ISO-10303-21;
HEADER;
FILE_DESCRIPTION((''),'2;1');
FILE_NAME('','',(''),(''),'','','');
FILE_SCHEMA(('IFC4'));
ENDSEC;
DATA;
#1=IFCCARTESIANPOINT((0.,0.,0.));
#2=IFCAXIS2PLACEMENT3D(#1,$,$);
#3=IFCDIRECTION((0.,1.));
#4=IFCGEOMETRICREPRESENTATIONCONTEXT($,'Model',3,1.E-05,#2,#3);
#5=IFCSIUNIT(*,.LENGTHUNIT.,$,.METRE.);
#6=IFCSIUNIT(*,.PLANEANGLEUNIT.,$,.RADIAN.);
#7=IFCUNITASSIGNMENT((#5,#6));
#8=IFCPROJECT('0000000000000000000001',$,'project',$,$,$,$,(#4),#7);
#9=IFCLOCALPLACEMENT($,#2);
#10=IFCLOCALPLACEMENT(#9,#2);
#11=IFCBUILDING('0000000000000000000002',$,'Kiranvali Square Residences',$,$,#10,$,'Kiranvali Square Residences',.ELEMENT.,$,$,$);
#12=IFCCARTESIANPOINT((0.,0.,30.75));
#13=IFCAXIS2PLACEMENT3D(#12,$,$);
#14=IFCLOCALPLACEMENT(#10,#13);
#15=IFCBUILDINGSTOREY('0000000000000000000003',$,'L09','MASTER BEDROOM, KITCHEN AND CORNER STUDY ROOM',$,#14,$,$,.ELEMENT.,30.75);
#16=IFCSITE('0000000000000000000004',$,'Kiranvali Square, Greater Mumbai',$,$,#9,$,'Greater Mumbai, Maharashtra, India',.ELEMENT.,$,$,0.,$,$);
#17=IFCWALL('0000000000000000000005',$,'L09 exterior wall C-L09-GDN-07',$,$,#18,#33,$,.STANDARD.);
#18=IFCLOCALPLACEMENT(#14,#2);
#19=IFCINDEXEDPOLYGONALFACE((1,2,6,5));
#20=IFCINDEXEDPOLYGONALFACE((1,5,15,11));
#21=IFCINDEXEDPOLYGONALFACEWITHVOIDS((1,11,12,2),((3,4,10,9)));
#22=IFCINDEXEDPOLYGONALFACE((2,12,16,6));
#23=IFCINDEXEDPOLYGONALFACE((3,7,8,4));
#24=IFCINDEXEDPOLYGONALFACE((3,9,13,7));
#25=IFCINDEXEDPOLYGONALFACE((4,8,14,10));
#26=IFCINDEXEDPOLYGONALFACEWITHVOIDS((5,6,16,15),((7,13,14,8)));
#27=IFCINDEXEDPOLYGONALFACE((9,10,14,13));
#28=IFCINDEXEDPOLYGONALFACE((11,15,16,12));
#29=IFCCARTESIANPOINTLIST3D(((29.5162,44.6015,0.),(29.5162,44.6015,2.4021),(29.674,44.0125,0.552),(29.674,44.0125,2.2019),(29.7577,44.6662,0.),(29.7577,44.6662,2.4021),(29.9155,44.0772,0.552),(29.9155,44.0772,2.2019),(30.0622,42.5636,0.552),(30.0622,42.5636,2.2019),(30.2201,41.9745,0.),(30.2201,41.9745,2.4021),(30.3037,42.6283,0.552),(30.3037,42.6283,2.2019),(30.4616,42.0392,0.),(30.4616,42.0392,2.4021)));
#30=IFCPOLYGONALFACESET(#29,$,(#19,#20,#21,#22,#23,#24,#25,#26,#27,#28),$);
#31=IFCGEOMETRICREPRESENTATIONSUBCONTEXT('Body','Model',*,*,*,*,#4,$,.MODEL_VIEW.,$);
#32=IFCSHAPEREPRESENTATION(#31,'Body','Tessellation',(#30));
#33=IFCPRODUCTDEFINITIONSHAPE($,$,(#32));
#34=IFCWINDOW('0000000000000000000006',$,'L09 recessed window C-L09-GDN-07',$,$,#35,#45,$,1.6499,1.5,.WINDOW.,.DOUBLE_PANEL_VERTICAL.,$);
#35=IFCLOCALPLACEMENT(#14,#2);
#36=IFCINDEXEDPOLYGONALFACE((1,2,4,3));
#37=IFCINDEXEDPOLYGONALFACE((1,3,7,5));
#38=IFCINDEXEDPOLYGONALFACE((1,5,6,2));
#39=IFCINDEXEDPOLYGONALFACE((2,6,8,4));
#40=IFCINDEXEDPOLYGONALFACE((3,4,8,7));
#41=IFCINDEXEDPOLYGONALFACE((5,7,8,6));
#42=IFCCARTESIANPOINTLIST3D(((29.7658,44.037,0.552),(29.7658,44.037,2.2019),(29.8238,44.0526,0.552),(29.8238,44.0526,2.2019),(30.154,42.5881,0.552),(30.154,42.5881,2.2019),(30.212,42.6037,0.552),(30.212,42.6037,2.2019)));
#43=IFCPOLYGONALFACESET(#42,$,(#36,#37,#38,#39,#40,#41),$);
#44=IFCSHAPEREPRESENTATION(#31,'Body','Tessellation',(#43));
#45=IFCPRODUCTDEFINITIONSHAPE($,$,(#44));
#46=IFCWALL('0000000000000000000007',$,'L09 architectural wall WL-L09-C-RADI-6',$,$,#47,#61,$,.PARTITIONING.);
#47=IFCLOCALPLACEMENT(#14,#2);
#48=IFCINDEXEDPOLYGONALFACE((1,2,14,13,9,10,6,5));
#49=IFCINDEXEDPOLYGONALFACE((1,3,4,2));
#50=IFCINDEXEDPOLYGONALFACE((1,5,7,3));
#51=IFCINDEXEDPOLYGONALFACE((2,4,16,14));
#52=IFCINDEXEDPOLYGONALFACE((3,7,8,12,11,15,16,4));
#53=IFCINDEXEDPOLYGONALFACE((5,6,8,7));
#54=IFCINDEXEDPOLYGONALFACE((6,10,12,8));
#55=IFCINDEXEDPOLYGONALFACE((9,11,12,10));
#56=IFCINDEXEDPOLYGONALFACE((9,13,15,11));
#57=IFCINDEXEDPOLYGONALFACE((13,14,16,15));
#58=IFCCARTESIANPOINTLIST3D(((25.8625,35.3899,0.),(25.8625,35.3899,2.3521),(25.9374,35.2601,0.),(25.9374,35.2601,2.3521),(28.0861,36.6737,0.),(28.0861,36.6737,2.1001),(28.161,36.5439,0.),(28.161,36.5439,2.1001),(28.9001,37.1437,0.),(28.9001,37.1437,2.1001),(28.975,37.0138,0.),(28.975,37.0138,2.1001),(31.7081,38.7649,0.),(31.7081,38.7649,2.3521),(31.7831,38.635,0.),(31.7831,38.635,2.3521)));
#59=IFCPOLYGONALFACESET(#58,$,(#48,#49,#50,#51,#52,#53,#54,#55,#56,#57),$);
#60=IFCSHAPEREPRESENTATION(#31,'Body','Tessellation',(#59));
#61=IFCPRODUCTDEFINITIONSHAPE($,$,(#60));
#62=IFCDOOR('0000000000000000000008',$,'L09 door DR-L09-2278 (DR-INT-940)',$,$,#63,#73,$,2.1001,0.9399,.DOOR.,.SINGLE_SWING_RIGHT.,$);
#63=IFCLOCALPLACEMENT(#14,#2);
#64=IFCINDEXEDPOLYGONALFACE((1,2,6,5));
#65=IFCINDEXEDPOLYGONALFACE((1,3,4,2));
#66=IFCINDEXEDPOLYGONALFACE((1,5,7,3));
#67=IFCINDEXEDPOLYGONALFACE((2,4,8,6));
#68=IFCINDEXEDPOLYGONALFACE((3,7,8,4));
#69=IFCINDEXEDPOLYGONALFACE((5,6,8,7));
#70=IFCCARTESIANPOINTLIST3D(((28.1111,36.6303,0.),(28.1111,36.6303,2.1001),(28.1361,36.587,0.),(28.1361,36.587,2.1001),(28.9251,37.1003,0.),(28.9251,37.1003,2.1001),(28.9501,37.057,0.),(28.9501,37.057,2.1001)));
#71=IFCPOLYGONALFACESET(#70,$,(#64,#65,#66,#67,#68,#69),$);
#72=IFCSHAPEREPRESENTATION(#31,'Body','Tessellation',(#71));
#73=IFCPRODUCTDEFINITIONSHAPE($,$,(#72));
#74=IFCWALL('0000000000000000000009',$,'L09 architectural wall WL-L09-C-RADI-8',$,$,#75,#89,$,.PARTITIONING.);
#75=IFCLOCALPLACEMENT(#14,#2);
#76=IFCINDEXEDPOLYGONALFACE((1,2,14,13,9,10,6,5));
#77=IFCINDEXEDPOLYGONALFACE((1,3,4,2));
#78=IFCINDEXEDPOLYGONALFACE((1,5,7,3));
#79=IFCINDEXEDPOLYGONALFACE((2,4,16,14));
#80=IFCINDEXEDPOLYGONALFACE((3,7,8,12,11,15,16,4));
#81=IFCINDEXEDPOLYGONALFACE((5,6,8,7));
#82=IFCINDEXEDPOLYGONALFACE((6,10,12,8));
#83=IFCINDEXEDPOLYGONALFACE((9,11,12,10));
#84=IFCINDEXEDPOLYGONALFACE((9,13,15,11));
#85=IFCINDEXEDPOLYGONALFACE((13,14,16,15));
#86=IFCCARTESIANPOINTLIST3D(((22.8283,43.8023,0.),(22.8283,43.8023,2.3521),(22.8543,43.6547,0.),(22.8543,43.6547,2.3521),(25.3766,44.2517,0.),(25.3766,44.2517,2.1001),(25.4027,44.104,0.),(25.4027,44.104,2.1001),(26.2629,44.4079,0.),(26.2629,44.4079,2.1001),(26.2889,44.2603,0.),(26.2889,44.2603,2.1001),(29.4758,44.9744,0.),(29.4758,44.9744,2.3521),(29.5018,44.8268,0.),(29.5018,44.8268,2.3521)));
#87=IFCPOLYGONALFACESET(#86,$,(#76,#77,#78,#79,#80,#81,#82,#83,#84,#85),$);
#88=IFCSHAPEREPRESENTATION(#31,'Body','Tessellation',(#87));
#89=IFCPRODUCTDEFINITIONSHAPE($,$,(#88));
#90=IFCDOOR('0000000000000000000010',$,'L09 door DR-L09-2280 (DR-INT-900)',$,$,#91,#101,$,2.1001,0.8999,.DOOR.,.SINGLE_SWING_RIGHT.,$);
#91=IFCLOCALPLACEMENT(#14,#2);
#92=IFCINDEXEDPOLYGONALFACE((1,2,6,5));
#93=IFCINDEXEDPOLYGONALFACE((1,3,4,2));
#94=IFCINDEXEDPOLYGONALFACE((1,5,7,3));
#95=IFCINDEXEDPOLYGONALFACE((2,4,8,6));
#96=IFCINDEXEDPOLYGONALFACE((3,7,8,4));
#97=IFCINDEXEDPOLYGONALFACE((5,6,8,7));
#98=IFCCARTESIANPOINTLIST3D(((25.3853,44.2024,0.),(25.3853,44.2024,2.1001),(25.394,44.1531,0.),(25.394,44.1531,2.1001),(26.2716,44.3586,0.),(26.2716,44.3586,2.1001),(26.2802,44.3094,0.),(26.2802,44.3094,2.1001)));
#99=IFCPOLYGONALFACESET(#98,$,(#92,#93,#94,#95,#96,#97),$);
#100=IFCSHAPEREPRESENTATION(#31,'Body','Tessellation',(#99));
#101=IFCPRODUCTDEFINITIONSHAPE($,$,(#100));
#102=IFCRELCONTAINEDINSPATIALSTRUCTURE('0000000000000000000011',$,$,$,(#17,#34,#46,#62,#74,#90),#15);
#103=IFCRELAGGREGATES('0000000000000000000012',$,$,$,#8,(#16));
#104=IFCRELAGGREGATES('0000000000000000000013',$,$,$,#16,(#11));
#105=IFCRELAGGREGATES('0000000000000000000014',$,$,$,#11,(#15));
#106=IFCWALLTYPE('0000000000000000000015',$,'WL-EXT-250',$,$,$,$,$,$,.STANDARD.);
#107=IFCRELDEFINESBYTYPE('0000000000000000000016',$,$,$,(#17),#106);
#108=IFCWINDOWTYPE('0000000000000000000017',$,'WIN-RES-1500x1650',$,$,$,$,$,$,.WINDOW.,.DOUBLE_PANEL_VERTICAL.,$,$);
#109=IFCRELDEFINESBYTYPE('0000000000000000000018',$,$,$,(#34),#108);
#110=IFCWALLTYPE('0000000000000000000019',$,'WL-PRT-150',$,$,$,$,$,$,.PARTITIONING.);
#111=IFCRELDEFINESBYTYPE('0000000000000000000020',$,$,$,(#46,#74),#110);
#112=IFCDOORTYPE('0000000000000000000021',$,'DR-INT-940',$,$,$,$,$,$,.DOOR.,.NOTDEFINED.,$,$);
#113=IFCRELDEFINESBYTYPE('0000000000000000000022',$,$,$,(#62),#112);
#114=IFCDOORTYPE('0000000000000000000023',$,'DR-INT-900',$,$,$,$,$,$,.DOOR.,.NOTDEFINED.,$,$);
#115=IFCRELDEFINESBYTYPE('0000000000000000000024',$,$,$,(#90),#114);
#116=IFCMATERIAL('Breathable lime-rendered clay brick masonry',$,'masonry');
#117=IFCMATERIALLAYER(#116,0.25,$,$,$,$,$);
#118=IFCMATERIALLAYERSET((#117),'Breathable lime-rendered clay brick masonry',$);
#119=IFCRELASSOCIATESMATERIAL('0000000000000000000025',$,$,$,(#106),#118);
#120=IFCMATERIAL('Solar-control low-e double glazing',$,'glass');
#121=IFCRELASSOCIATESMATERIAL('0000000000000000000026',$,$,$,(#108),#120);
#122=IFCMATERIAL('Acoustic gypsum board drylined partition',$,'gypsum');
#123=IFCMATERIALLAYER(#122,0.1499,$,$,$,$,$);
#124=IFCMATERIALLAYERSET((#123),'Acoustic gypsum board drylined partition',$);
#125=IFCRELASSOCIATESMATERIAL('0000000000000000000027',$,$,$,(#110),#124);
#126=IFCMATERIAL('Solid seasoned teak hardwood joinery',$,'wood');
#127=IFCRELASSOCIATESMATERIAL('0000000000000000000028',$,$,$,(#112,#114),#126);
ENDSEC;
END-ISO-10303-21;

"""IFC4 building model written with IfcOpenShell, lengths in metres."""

from ifc_helpers import new_model, si_unit, direction, frame, frame_2d, origin, place, context, subcontext, project, spatial, rectangle, extrude, material, layer, layer_set, type_object, element, fill, save


model = new_model("IFC4")

# Units and contexts
model_context = context("Model", 3, precision=1e-05, world=origin(), true_north=direction((0.0, 1.0)))
body_context = subcontext(model_context, "Body", "Model", "MODEL_VIEW")
ifc_project = project(units=[si_unit("LENGTHUNIT", "METRE"), si_unit("PLANEANGLEUNIT", "RADIAN")], contexts=[model_context])

# Site, building, storey
site_placement = place(None, origin())
site = spatial("IfcSite", under=ifc_project, at=site_placement, Name="Kiranvali Square, Greater Mumbai", LongName="Greater Mumbai, Maharashtra, India", CompositionType="ELEMENT", RefElevation=0.0)
building_placement = place(site_placement, origin())
building = spatial("IfcBuilding", under=site, at=building_placement, Name="Kiranvali Square Residences", LongName="Kiranvali Square Residences", CompositionType="ELEMENT")
storey_placement = place(building_placement, frame((0.0, 0.0, 30.75)))
storey = spatial("IfcBuildingStorey", under=building, at=storey_placement, Name="L09", Description="MASTER BEDROOM, KITCHEN AND CORNER STUDY ROOM", CompositionType="ELEMENT", Elevation=30.75)

# Shared definitions
ifc_material_1 = material(Name="Breathable lime-rendered clay brick masonry", Category="masonry")
ifc_layer_1 = layer(ifc_material_1, 0.25)
ifc_layer_set_1 = layer_set([ifc_layer_1], Name="Breathable lime-rendered clay brick masonry")
wall_type_1 = type_object("IfcWallType", Name="WL-EXT-250", PredefinedType="STANDARD", material=ifc_layer_set_1)

# Wall, opening, window
ifc_material_2 = material(Name="Solar-control low-e double glazing", Category="glass")
wall_1_placement = place(storey_placement, frame((30.3408, 42.0068, 0.0), z_axis=(0.0, 0.0, 1.0), x_axis=(-0.258808, 0.965929, 0.0)))
wall_1 = element("IfcWall", 1, at=wall_1_placement, inside=storey, type_object=wall_type_1, Name="L09 exterior wall C-L09-GDN-07", PredefinedType="STANDARD", context=body_context, shape_type="SweptSolid", body=[
    extrude(rectangle(XDim=2.7197, YDim=0.25, at=frame_2d((1.3599, 0.0))), origin(), (0.0, 0.0, 1.0), 2.4021),
])
opening_1_placement = place(wall_1_placement, frame((0.6099, 0.0, 0.552)))
opening_1 = element("IfcOpeningElement", 2, at=opening_1_placement, cuts=wall_1, PredefinedType="OPENING", context=body_context, shape_type="SweptSolid", body=[
    extrude(rectangle(XDim=1.5, YDim=1.6499, at=frame_2d((0.75, 0.825))), frame((0.0, 0.135, 0.0), z_axis=(0.0, -1.0, 0.0), x_axis=(1.0, 0.0, 0.0)), (0.0, 0.0, 1.0), 0.27),
])
window_type_1 = type_object("IfcWindowType", Name="WIN-RES-1500x1650", PartitioningType="DOUBLE_PANEL_VERTICAL", PredefinedType="WINDOW", material=ifc_material_2)
window_1_placement = place(opening_1_placement, origin())
window_1 = element("IfcWindow", 3, at=window_1_placement, inside=storey, type_object=window_type_1, Name="L09 recessed window C-L09-GDN-07", OverallHeight=1.6499, OverallWidth=1.5, PartitioningType="DOUBLE_PANEL_VERTICAL", PredefinedType="WINDOW", context=body_context, shape_type="SweptSolid", body=[
    extrude(rectangle(XDim=1.5, YDim=1.6499, at=frame_2d((0.75, 0.825))), frame((0.0, 0.03, 0.0), z_axis=(0.0, -1.0, 0.0), x_axis=(1.0, 0.0, 0.0)), (0.0, 0.0, 1.0), 0.0601),
])
fill(opening_1, window_1)

# Walls, openings, doors
ifc_material_3 = material(Name="Acoustic gypsum board drylined partition", Category="gypsum")
ifc_layer_2 = layer(ifc_material_3, 0.1499)
ifc_layer_set_2 = layer_set([ifc_layer_2], Name="Acoustic gypsum board drylined partition")
wall_type_2 = type_object("IfcWallType", Name="WL-PRT-150", PredefinedType="PARTITIONING", material=ifc_layer_set_2)
wall_2_placement = place(storey_placement, frame((31.7456, 38.7, 0.0), z_axis=(0.0, 0.0, 1.0), x_axis=(-0.866027, -0.499998, 0.0)))
wall_2 = element("IfcWall", 4, at=wall_2_placement, inside=storey, type_object=wall_type_2, Name="L09 architectural wall WL-L09-C-RADI-6", PredefinedType="PARTITIONING", context=body_context, shape_type="SweptSolid", body=[
    extrude(rectangle(XDim=6.75, YDim=0.1499, at=frame_2d((3.375, 0.0))), origin(), (0.0, 0.0, 1.0), 2.3521),
])
opening_2_placement = place(wall_2_placement, frame((3.2424, 0.0, 0.0)))
opening_2 = element("IfcOpeningElement", 5, at=opening_2_placement, cuts=wall_2, PredefinedType="OPENING", context=body_context, shape_type="SweptSolid", body=[
    extrude(rectangle(XDim=0.9399, YDim=2.1001, at=frame_2d((0.47, 1.05))), frame((0.0, 0.085, 0.0), z_axis=(0.0, -1.0, 0.0), x_axis=(1.0, 0.0, 0.0)), (0.0, 0.0, 1.0), 0.1699),
])
ifc_material_4 = material(Name="Solid seasoned teak hardwood joinery", Category="wood")
door_type_1 = type_object("IfcDoorType", Name="DR-INT-940", OperationType="NOTDEFINED", PredefinedType="DOOR", material=ifc_material_4)
door_1_placement = place(opening_2_placement, frame((0.9399, 0.0, 0.0), z_axis=(0.0, 0.0, 1.0), x_axis=(-1.0, 0.0, 0.0)))
door_1 = element("IfcDoor", 6, at=door_1_placement, inside=storey, type_object=door_type_1, Name="L09 door DR-L09-2278 (DR-INT-940)", OperationType="SINGLE_SWING_RIGHT", OverallHeight=2.1001, OverallWidth=0.9399, PredefinedType="DOOR", context=body_context, shape_type="SweptSolid", body=[
    extrude(rectangle(XDim=0.9399, YDim=2.1001, at=frame_2d((0.47, 1.05))), frame((0.0, 0.0249, 0.0), z_axis=(0.0, -1.0, 0.0), x_axis=(1.0, 0.0, 0.0)), (0.0, 0.0, 1.0), 0.05),
])
fill(opening_2, door_1)
wall_3_placement = place(storey_placement, frame((29.4888, 44.9006, 0.0), z_axis=(0.0, 0.0, 1.0), x_axis=(-0.984808, -0.173647, 0.0)))
wall_3 = element("IfcWall", 7, at=wall_3_placement, inside=storey, type_object=wall_type_2, Name="L09 architectural wall WL-L09-C-RADI-8", PredefinedType="PARTITIONING", context=body_context, shape_type="SweptSolid", body=[
    extrude(rectangle(XDim=6.75, YDim=0.1499, at=frame_2d((3.375, 0.0))), origin(), (0.0, 0.0, 1.0), 2.3521),
])
opening_3_placement = place(wall_3_placement, frame((3.2625, 0.0, 0.0)))
opening_3 = element("IfcOpeningElement", 8, at=opening_3_placement, cuts=wall_3, PredefinedType="OPENING", context=body_context, shape_type="SweptSolid", body=[
    extrude(rectangle(XDim=0.8999, YDim=2.1001, at=frame_2d((0.45, 1.05))), frame((0.0, 0.085, 0.0), z_axis=(0.0, -1.0, 0.0), x_axis=(1.0, 0.0, 0.0)), (0.0, 0.0, 1.0), 0.1699),
])
door_type_2 = type_object("IfcDoorType", Name="DR-INT-900", OperationType="NOTDEFINED", PredefinedType="DOOR", material=ifc_material_4)
door_2_placement = place(opening_3_placement, frame((0.8999, 0.0, 0.0), z_axis=(0.0, 0.0, 1.0), x_axis=(-1.0, 0.0, 0.0)))
door_2 = element("IfcDoor", 9, at=door_2_placement, inside=storey, type_object=door_type_2, Name="L09 door DR-L09-2280 (DR-INT-900)", OperationType="SINGLE_SWING_RIGHT", OverallHeight=2.1001, OverallWidth=0.8999, PredefinedType="DOOR", context=body_context, shape_type="SweptSolid", body=[
    extrude(rectangle(XDim=0.8999, YDim=2.1001, at=frame_2d((0.45, 1.05))), frame((0.0, 0.0249, 0.0), z_axis=(0.0, -1.0, 0.0), x_axis=(1.0, 0.0, 0.0)), (0.0, 0.0, 1.0), 0.05),
])
fill(opening_3, door_2)

save(model, "model.ifc")
